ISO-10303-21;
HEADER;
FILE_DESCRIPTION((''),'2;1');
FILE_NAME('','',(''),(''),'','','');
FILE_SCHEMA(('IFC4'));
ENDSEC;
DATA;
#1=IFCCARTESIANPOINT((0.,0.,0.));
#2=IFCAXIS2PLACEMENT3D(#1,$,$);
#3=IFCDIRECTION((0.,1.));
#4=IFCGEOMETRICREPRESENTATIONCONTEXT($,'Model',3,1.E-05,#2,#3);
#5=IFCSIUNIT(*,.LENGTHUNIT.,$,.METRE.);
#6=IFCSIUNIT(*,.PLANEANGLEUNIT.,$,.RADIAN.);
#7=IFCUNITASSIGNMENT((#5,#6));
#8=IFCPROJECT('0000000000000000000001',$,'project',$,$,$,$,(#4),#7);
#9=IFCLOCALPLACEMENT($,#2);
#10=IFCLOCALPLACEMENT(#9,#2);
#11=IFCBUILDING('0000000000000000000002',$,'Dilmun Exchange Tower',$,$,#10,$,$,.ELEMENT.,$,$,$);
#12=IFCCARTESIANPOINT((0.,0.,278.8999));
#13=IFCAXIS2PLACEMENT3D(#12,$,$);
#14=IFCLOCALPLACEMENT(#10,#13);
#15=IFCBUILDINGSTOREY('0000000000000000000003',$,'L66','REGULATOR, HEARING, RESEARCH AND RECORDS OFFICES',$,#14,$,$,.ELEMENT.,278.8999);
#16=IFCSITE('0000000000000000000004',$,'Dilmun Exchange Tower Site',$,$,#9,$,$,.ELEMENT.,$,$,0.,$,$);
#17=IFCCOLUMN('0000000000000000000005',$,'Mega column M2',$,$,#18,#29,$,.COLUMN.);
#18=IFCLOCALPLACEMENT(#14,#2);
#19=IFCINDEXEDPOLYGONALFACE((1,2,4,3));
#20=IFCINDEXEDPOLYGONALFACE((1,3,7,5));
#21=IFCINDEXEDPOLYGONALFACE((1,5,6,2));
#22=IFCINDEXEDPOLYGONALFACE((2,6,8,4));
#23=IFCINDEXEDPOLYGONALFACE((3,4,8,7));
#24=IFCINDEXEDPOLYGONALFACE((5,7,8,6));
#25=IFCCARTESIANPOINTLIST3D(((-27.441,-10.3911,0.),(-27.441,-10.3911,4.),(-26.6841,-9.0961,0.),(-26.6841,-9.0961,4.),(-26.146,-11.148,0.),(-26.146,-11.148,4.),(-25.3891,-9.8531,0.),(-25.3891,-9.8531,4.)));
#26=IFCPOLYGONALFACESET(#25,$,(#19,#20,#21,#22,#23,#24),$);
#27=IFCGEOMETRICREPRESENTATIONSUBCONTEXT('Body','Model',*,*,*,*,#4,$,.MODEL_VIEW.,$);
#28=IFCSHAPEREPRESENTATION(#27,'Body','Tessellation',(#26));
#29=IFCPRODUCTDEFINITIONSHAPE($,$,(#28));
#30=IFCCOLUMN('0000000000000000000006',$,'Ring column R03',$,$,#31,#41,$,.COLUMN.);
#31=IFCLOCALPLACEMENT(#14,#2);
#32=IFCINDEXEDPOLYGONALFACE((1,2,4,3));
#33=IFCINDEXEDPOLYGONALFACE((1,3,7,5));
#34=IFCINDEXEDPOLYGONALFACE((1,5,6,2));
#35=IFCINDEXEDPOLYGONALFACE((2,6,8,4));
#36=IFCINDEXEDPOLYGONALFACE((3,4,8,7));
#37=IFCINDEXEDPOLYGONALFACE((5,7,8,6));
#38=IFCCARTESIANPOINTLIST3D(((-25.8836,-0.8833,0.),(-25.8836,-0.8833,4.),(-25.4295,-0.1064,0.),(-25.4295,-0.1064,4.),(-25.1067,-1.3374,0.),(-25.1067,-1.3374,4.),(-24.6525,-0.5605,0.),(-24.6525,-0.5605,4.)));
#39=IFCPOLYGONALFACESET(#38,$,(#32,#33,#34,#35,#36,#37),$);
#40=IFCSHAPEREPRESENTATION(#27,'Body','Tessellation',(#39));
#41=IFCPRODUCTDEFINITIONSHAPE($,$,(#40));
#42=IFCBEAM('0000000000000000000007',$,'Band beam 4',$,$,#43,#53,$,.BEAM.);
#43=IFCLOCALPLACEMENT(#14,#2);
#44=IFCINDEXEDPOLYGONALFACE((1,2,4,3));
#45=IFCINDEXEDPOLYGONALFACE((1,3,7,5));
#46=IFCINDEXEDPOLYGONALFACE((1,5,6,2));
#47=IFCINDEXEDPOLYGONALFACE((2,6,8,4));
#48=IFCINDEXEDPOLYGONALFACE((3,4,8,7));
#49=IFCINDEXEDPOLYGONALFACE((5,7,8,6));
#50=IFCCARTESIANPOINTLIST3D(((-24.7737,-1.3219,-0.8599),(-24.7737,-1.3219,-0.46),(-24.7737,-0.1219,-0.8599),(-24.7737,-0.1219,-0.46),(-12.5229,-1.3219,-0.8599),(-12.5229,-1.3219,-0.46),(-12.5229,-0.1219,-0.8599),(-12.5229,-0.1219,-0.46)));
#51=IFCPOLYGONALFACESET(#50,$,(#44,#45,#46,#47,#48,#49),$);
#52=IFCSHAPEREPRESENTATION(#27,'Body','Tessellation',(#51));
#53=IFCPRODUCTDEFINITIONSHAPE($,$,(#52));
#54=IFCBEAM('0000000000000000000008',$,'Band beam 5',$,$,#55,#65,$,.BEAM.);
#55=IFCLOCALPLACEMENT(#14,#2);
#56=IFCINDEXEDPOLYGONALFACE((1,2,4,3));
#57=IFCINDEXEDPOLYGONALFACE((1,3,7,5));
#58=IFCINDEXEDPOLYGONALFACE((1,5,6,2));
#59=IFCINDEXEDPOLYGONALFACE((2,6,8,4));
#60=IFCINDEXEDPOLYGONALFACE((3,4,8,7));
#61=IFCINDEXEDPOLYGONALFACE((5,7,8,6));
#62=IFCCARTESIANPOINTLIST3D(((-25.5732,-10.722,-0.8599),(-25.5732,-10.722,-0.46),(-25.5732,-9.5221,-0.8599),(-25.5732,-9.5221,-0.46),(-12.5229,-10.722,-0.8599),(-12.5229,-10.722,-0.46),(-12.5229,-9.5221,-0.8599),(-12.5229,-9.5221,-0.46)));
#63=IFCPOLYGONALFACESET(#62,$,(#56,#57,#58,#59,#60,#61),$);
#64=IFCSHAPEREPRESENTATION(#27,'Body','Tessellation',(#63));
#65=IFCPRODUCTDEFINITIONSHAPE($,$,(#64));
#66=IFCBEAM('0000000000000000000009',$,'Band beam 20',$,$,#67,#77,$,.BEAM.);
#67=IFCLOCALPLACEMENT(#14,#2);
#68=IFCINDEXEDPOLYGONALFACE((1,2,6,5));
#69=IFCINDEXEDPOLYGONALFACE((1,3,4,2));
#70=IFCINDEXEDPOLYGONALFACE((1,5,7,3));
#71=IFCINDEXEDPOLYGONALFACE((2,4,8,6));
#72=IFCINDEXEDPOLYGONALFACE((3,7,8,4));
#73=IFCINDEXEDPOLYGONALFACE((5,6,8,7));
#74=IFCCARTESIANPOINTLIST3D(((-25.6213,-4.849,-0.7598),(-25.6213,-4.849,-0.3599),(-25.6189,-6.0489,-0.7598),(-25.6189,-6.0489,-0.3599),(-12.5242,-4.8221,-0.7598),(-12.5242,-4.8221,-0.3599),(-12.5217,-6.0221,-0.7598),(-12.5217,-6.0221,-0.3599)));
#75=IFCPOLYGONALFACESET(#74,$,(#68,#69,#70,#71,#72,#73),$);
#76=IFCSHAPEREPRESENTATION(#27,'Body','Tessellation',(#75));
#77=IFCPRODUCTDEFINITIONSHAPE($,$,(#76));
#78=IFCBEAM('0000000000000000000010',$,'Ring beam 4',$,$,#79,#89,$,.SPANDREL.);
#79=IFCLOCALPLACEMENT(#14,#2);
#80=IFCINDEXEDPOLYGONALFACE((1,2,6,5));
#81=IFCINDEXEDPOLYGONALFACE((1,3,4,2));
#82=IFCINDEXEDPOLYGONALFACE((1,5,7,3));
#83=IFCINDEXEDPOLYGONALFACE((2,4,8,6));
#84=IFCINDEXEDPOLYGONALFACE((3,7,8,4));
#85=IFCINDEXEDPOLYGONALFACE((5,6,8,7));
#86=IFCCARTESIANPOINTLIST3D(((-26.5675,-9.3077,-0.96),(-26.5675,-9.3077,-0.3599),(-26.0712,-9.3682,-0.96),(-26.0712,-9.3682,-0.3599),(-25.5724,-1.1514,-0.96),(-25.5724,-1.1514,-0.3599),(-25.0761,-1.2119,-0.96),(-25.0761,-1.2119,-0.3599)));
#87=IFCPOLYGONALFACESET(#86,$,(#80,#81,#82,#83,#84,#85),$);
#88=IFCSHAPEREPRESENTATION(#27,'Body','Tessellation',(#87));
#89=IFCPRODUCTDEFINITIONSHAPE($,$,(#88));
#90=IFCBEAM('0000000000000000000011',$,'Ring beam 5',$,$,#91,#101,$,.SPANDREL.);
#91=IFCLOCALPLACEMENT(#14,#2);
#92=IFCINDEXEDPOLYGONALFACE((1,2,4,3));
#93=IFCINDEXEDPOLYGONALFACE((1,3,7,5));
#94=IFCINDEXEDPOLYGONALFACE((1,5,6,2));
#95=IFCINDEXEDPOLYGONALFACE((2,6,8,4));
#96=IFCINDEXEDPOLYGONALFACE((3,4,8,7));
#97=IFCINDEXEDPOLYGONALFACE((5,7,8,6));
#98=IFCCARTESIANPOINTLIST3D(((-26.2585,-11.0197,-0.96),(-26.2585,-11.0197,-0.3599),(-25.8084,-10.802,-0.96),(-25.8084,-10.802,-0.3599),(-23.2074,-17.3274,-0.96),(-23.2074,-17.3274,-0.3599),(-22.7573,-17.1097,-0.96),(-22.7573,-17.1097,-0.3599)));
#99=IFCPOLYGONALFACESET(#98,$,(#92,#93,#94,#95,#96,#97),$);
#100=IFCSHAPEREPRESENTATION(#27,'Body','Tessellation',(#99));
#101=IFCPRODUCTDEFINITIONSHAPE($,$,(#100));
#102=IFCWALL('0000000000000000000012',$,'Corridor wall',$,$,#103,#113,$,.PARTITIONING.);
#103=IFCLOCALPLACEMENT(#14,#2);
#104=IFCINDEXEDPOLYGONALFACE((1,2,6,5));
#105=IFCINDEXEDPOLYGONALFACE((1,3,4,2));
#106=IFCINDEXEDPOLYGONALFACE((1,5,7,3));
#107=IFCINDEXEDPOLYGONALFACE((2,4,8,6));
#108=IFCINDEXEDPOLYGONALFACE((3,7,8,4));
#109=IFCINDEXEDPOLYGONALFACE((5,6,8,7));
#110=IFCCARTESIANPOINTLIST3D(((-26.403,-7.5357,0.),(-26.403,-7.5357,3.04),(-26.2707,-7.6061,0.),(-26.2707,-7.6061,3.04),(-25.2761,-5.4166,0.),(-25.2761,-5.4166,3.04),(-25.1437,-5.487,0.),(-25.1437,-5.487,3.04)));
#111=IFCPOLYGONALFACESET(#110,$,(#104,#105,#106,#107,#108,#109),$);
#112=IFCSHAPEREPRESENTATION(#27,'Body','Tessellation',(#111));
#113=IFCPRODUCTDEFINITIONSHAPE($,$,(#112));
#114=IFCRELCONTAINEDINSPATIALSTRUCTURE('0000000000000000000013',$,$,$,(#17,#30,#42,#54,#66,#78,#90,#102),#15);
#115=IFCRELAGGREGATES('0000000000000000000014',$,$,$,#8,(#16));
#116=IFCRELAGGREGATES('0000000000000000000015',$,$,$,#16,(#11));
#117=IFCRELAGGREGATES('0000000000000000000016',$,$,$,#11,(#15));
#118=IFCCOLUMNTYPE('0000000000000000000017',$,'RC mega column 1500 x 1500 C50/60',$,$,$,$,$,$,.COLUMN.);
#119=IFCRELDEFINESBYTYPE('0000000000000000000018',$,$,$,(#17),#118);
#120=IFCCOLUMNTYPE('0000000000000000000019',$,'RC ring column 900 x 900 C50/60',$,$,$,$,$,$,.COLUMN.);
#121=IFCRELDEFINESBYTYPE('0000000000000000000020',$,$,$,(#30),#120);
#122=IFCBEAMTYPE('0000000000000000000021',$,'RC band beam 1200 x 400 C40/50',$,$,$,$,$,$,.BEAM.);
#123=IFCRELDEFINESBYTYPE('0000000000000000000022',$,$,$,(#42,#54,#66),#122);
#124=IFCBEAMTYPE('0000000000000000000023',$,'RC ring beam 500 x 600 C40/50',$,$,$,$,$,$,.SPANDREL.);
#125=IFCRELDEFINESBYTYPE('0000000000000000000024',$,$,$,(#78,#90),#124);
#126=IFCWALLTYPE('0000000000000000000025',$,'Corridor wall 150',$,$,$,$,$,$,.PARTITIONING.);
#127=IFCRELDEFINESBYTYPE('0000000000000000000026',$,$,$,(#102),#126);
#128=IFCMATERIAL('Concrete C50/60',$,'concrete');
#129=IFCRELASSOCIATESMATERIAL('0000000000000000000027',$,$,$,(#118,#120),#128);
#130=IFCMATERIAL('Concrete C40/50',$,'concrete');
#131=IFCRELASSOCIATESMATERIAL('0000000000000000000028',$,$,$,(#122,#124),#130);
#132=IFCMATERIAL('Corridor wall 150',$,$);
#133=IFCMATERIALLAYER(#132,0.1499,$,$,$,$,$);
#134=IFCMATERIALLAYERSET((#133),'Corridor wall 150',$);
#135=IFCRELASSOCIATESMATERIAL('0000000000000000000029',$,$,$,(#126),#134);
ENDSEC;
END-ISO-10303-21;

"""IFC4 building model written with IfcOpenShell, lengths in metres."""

from ifc_helpers import new_model, si_unit, direction, frame, frame_2d, origin, origin_2d, place, context, subcontext, project, spatial, rectangle, extrude, material, layer, layer_set, material_profile, profile_set, type_object, element, save


model = new_model("IFC4")

# Units and contexts
model_context = context("Model", 3, precision=1e-05, world=origin(), true_north=direction((0.0, 1.0)))
body_context = subcontext(model_context, "Body", "Model", "MODEL_VIEW")
ifc_project = project(units=[si_unit("LENGTHUNIT", "METRE"), si_unit("PLANEANGLEUNIT", "RADIAN")], contexts=[model_context])

# Site, building, storey
site_placement = place(None, origin())
site = spatial("IfcSite", under=ifc_project, at=site_placement, Name="Dilmun Exchange Tower Site", CompositionType="ELEMENT", RefElevation=0.0)
building_placement = place(site_placement, origin())
building = spatial("IfcBuilding", under=site, at=building_placement, Name="Dilmun Exchange Tower", CompositionType="ELEMENT")
storey_placement = place(building_placement, frame((0.0, 0.0, 278.8999)))
storey = spatial("IfcBuildingStorey", under=building, at=storey_placement, Name="L66", Description="REGULATOR, HEARING, RESEARCH AND RECORDS OFFICES", CompositionType="ELEMENT", Elevation=278.8999)

# Columns
ifc_material_1 = material(Name="Concrete C50/60", Category="concrete")
ifc_material_profile_1 = material_profile(ifc_material_1, rectangle(XDim=1.5, YDim=1.5, at=origin_2d()), Name="1500 x 1500")
ifc_profile_set_1 = profile_set([ifc_material_profile_1], Name="Concrete C50/60")
column_type_1 = type_object("IfcColumnType", Name="RC mega column 1500 x 1500 C50/60", PredefinedType="COLUMN", material=ifc_profile_set_1)
column_1_placement = place(storey_placement, frame((-26.415, -10.1221, 0.0), z_axis=(0.0, 0.0, 1.0), x_axis=(0.504644, 0.863328, 0.0)))
element("IfcColumn", 1, at=column_1_placement, inside=storey, type_object=column_type_1, Name="Mega column M2", PredefinedType="COLUMN", context=body_context, shape_type="SweptSolid", body=[
    extrude(rectangle(XDim=1.5, YDim=1.5, at=origin_2d()), origin(), (0.0, 0.0, 1.0), 4.0),
])
ifc_material_profile_2 = material_profile(ifc_material_1, rectangle(XDim=0.8999, YDim=0.8999, at=origin_2d()), Name="900 x 900")
ifc_profile_set_2 = profile_set([ifc_material_profile_2], Name="Concrete C50/60")
column_type_2 = type_object("IfcColumnType", Name="RC ring column 900 x 900 C50/60", PredefinedType="COLUMN", material=ifc_profile_set_2)
column_2_placement = place(storey_placement, frame((-25.2681, -0.7219, 0.0), z_axis=(0.0, 0.0, 1.0), x_axis=(0.504644, 0.863328, 0.0)))
element("IfcColumn", 2, at=column_2_placement, inside=storey, type_object=column_type_2, Name="Ring column R03", PredefinedType="COLUMN", context=body_context, shape_type="SweptSolid", body=[
    extrude(rectangle(XDim=0.8999, YDim=0.8999, at=origin_2d()), origin(), (0.0, 0.0, 1.0), 4.0),
])

# Beams
ifc_material_2 = material(Name="Concrete C40/50", Category="concrete")
ifc_material_profile_3 = material_profile(ifc_material_2, rectangle(XDim=1.2, YDim=0.3999, at=origin_2d()), Name="1200 x 400")
ifc_profile_set_3 = profile_set([ifc_material_profile_3], Name="Concrete C40/50")
beam_type_1 = type_object("IfcBeamType", Name="RC band beam 1200 x 400 C40/50", PredefinedType="BEAM", material=ifc_profile_set_3)
beam_1_placement = place(storey_placement, frame((-24.7737, -0.7219, -0.6599), z_axis=(1.0, 0.0, 0.0), x_axis=(0.0, 1.0, 0.0)))
element("IfcBeam", 3, at=beam_1_placement, inside=storey, type_object=beam_type_1, Name="Band beam 4", PredefinedType="BEAM", context=body_context, shape_type="SweptSolid", body=[
    extrude(rectangle(XDim=1.2, YDim=0.3999, at=origin_2d()), origin(), (0.0, 0.0, 1.0), 12.2507),
])
beam_2_placement = place(storey_placement, frame((-25.5732, -10.1221, -0.6599), z_axis=(1.0, 0.0, 0.0), x_axis=(0.0, 1.0, 0.0)))
element("IfcBeam", 4, at=beam_2_placement, inside=storey, type_object=beam_type_1, Name="Band beam 5", PredefinedType="BEAM", context=body_context, shape_type="SweptSolid", body=[
    extrude(rectangle(XDim=1.2, YDim=0.3999, at=origin_2d()), origin(), (0.0, 0.0, 1.0), 13.0503),
])
beam_3_placement = place(storey_placement, frame((-25.6201, -5.449, -0.5598), z_axis=(0.999998, 0.00205, 0.0), x_axis=(-0.00205, 0.999998, 0.0)))
element("IfcBeam", 5, at=beam_3_placement, inside=storey, type_object=beam_type_1, Name="Band beam 20", PredefinedType="BEAM", context=body_context, shape_type="SweptSolid", body=[
    extrude(rectangle(XDim=1.2, YDim=0.3999, at=origin_2d()), origin(), (0.0, 0.0, 1.0), 13.0972),
])
ifc_material_profile_4 = material_profile(ifc_material_2, rectangle(XDim=0.5, YDim=0.6001, at=origin_2d()), Name="500 x 600")
ifc_profile_set_4 = profile_set([ifc_material_profile_4], Name="Concrete C40/50")
beam_type_2 = type_object("IfcBeamType", Name="RC ring beam 500 x 600 C40/50", PredefinedType="SPANDREL", material=ifc_profile_set_4)
beam_4_placement = place(storey_placement, frame((-25.3242, -1.1816, -0.6599), z_axis=(-0.121109, -0.992639, 0.0), x_axis=(0.992639, -0.121109, 0.0)))
element("IfcBeam", 6, at=beam_4_placement, inside=storey, type_object=beam_type_2, Name="Ring beam 4", PredefinedType="SPANDREL", context=body_context, shape_type="SweptSolid", body=[
    extrude(rectangle(XDim=0.5, YDim=0.6001, at=origin_2d()), origin(), (0.0, 0.0, 1.0), 8.2168),
])
beam_5_placement = place(storey_placement, frame((-26.0334, -10.9109, -0.6599), z_axis=(0.43544, -0.900218, 0.0), x_axis=(0.900218, 0.43544, 0.0)))
element("IfcBeam", 7, at=beam_5_placement, inside=storey, type_object=beam_type_2, Name="Ring beam 5", PredefinedType="SPANDREL", context=body_context, shape_type="SweptSolid", body=[
    extrude(rectangle(XDim=0.5, YDim=0.6001, at=origin_2d()), origin(), (0.0, 0.0, 1.0), 7.0068),
])

# Wall
ifc_material_3 = material(Name="Corridor wall 150")
ifc_layer_1 = layer(ifc_material_3, 0.1499)
ifc_layer_set_1 = layer_set([ifc_layer_1], Name="Corridor wall 150")
wall_type_1 = type_object("IfcWallType", Name="Corridor wall 150", PredefinedType="PARTITIONING", material=ifc_layer_set_1)
wall_1_placement = place(storey_placement, frame((-26.3369, -7.571, 0.0), z_axis=(0.0, 0.0, 1.0), x_axis=(0.469532, 0.882915, 0.0)))
element("IfcWall", 8, at=wall_1_placement, inside=storey, type_object=wall_type_1, Name="Corridor wall", PredefinedType="PARTITIONING", context=body_context, shape_type="SweptSolid", body=[
    extrude(rectangle(XDim=2.4001, YDim=0.1499, at=frame_2d((1.2002, 0.0))), origin(), (0.0, 0.0, 1.0), 3.04),
])

save(model, "model.ifc")
